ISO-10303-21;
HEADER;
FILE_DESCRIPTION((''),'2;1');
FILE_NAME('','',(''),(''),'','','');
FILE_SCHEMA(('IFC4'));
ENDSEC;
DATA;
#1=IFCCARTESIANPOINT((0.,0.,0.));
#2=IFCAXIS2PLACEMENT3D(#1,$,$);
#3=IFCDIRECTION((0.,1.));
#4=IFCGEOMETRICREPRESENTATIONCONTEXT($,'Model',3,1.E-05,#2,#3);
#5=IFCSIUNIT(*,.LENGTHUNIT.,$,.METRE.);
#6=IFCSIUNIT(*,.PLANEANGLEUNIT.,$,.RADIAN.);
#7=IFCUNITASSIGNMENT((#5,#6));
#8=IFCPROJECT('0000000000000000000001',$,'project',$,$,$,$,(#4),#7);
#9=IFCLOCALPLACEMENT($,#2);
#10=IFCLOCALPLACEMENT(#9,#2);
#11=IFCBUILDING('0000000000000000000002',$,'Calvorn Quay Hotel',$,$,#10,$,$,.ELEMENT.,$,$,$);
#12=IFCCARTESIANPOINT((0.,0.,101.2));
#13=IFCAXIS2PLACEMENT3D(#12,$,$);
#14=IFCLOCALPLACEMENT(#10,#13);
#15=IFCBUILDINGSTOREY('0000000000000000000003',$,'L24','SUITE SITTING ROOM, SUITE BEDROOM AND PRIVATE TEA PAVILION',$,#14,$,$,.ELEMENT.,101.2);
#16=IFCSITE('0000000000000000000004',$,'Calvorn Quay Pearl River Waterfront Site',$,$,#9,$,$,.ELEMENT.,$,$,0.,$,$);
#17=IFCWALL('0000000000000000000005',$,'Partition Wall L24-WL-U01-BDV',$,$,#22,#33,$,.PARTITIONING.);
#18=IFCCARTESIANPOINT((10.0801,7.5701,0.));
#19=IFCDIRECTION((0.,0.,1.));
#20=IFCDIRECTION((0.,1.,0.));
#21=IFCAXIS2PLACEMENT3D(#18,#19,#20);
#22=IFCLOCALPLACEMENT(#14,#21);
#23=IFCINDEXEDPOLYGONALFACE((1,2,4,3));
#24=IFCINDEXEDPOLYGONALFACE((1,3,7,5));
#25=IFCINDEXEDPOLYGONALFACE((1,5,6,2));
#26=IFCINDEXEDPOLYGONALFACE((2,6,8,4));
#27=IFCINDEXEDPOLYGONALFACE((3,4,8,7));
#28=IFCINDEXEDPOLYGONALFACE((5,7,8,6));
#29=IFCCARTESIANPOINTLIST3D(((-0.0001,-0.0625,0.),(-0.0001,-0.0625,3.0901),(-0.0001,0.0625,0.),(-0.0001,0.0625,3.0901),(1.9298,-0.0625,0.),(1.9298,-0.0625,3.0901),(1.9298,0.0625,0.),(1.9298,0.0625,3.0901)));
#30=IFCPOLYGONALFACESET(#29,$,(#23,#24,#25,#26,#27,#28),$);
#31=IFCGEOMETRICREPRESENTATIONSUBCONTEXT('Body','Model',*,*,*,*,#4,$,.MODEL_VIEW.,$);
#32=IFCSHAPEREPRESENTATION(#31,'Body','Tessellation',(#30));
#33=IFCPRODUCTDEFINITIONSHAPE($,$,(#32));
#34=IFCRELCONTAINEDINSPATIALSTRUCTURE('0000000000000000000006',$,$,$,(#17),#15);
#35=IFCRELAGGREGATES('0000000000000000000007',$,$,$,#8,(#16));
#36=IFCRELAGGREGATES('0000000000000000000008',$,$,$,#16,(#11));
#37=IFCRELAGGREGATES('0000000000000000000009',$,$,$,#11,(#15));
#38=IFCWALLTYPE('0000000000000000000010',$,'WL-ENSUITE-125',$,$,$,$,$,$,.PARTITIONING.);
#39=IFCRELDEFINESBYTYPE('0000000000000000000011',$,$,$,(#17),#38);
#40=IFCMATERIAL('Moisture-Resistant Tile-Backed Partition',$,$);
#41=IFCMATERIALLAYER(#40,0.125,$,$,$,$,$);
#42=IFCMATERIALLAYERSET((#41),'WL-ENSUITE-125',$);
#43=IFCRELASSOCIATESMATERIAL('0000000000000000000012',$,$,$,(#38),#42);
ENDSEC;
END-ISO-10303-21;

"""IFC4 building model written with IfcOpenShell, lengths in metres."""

from ifc_helpers import new_model, si_unit, direction, frame, frame_2d, origin, place, context, subcontext, project, spatial, rectangle, extrude, material, layer, layer_set, type_object, element, save


model = new_model("IFC4")

# Units and contexts
model_context = context("Model", 3, precision=1e-05, world=origin(), true_north=direction((0.0, 1.0)))
body_context = subcontext(model_context, "Body", "Model", "MODEL_VIEW")
ifc_project = project(units=[si_unit("LENGTHUNIT", "METRE"), si_unit("PLANEANGLEUNIT", "RADIAN")], contexts=[model_context])

# Site, building, storey
site_placement = place(None, origin())
site = spatial("IfcSite", under=ifc_project, at=site_placement, Name="Calvorn Quay Pearl River Waterfront Site", CompositionType="ELEMENT", RefElevation=0.0)
building_placement = place(site_placement, origin())
building = spatial("IfcBuilding", under=site, at=building_placement, Name="Calvorn Quay Hotel", CompositionType="ELEMENT")
storey_placement = place(building_placement, frame((0.0, 0.0, 101.2)))
storey = spatial("IfcBuildingStorey", under=building, at=storey_placement, Name="L24", Description="SUITE SITTING ROOM, SUITE BEDROOM AND PRIVATE TEA PAVILION", CompositionType="ELEMENT", Elevation=101.2)

# Wall
ifc_material_1 = material(Name="Moisture-Resistant Tile-Backed Partition")
ifc_layer_1 = layer(ifc_material_1, 0.125)
ifc_layer_set_1 = layer_set([ifc_layer_1], Name="WL-ENSUITE-125")
wall_type_1 = type_object("IfcWallType", Name="WL-ENSUITE-125", PredefinedType="PARTITIONING", material=ifc_layer_set_1)
wall_1_placement = place(storey_placement, frame((10.0801, 7.5701, 0.0), z_axis=(0.0, 0.0, 1.0), x_axis=(0.0, 1.0, 0.0)))
element("IfcWall", 1, at=wall_1_placement, inside=storey, type_object=wall_type_1, Name="Partition Wall L24-WL-U01-BDV", PredefinedType="PARTITIONING", context=body_context, shape_type="SweptSolid", body=[
    extrude(rectangle(XDim=1.9299, YDim=0.125, at=frame_2d((0.9648, 0.0))), origin(), (0.0, 0.0, 1.0), 3.0901),
])

save(model, "model.ifc")
